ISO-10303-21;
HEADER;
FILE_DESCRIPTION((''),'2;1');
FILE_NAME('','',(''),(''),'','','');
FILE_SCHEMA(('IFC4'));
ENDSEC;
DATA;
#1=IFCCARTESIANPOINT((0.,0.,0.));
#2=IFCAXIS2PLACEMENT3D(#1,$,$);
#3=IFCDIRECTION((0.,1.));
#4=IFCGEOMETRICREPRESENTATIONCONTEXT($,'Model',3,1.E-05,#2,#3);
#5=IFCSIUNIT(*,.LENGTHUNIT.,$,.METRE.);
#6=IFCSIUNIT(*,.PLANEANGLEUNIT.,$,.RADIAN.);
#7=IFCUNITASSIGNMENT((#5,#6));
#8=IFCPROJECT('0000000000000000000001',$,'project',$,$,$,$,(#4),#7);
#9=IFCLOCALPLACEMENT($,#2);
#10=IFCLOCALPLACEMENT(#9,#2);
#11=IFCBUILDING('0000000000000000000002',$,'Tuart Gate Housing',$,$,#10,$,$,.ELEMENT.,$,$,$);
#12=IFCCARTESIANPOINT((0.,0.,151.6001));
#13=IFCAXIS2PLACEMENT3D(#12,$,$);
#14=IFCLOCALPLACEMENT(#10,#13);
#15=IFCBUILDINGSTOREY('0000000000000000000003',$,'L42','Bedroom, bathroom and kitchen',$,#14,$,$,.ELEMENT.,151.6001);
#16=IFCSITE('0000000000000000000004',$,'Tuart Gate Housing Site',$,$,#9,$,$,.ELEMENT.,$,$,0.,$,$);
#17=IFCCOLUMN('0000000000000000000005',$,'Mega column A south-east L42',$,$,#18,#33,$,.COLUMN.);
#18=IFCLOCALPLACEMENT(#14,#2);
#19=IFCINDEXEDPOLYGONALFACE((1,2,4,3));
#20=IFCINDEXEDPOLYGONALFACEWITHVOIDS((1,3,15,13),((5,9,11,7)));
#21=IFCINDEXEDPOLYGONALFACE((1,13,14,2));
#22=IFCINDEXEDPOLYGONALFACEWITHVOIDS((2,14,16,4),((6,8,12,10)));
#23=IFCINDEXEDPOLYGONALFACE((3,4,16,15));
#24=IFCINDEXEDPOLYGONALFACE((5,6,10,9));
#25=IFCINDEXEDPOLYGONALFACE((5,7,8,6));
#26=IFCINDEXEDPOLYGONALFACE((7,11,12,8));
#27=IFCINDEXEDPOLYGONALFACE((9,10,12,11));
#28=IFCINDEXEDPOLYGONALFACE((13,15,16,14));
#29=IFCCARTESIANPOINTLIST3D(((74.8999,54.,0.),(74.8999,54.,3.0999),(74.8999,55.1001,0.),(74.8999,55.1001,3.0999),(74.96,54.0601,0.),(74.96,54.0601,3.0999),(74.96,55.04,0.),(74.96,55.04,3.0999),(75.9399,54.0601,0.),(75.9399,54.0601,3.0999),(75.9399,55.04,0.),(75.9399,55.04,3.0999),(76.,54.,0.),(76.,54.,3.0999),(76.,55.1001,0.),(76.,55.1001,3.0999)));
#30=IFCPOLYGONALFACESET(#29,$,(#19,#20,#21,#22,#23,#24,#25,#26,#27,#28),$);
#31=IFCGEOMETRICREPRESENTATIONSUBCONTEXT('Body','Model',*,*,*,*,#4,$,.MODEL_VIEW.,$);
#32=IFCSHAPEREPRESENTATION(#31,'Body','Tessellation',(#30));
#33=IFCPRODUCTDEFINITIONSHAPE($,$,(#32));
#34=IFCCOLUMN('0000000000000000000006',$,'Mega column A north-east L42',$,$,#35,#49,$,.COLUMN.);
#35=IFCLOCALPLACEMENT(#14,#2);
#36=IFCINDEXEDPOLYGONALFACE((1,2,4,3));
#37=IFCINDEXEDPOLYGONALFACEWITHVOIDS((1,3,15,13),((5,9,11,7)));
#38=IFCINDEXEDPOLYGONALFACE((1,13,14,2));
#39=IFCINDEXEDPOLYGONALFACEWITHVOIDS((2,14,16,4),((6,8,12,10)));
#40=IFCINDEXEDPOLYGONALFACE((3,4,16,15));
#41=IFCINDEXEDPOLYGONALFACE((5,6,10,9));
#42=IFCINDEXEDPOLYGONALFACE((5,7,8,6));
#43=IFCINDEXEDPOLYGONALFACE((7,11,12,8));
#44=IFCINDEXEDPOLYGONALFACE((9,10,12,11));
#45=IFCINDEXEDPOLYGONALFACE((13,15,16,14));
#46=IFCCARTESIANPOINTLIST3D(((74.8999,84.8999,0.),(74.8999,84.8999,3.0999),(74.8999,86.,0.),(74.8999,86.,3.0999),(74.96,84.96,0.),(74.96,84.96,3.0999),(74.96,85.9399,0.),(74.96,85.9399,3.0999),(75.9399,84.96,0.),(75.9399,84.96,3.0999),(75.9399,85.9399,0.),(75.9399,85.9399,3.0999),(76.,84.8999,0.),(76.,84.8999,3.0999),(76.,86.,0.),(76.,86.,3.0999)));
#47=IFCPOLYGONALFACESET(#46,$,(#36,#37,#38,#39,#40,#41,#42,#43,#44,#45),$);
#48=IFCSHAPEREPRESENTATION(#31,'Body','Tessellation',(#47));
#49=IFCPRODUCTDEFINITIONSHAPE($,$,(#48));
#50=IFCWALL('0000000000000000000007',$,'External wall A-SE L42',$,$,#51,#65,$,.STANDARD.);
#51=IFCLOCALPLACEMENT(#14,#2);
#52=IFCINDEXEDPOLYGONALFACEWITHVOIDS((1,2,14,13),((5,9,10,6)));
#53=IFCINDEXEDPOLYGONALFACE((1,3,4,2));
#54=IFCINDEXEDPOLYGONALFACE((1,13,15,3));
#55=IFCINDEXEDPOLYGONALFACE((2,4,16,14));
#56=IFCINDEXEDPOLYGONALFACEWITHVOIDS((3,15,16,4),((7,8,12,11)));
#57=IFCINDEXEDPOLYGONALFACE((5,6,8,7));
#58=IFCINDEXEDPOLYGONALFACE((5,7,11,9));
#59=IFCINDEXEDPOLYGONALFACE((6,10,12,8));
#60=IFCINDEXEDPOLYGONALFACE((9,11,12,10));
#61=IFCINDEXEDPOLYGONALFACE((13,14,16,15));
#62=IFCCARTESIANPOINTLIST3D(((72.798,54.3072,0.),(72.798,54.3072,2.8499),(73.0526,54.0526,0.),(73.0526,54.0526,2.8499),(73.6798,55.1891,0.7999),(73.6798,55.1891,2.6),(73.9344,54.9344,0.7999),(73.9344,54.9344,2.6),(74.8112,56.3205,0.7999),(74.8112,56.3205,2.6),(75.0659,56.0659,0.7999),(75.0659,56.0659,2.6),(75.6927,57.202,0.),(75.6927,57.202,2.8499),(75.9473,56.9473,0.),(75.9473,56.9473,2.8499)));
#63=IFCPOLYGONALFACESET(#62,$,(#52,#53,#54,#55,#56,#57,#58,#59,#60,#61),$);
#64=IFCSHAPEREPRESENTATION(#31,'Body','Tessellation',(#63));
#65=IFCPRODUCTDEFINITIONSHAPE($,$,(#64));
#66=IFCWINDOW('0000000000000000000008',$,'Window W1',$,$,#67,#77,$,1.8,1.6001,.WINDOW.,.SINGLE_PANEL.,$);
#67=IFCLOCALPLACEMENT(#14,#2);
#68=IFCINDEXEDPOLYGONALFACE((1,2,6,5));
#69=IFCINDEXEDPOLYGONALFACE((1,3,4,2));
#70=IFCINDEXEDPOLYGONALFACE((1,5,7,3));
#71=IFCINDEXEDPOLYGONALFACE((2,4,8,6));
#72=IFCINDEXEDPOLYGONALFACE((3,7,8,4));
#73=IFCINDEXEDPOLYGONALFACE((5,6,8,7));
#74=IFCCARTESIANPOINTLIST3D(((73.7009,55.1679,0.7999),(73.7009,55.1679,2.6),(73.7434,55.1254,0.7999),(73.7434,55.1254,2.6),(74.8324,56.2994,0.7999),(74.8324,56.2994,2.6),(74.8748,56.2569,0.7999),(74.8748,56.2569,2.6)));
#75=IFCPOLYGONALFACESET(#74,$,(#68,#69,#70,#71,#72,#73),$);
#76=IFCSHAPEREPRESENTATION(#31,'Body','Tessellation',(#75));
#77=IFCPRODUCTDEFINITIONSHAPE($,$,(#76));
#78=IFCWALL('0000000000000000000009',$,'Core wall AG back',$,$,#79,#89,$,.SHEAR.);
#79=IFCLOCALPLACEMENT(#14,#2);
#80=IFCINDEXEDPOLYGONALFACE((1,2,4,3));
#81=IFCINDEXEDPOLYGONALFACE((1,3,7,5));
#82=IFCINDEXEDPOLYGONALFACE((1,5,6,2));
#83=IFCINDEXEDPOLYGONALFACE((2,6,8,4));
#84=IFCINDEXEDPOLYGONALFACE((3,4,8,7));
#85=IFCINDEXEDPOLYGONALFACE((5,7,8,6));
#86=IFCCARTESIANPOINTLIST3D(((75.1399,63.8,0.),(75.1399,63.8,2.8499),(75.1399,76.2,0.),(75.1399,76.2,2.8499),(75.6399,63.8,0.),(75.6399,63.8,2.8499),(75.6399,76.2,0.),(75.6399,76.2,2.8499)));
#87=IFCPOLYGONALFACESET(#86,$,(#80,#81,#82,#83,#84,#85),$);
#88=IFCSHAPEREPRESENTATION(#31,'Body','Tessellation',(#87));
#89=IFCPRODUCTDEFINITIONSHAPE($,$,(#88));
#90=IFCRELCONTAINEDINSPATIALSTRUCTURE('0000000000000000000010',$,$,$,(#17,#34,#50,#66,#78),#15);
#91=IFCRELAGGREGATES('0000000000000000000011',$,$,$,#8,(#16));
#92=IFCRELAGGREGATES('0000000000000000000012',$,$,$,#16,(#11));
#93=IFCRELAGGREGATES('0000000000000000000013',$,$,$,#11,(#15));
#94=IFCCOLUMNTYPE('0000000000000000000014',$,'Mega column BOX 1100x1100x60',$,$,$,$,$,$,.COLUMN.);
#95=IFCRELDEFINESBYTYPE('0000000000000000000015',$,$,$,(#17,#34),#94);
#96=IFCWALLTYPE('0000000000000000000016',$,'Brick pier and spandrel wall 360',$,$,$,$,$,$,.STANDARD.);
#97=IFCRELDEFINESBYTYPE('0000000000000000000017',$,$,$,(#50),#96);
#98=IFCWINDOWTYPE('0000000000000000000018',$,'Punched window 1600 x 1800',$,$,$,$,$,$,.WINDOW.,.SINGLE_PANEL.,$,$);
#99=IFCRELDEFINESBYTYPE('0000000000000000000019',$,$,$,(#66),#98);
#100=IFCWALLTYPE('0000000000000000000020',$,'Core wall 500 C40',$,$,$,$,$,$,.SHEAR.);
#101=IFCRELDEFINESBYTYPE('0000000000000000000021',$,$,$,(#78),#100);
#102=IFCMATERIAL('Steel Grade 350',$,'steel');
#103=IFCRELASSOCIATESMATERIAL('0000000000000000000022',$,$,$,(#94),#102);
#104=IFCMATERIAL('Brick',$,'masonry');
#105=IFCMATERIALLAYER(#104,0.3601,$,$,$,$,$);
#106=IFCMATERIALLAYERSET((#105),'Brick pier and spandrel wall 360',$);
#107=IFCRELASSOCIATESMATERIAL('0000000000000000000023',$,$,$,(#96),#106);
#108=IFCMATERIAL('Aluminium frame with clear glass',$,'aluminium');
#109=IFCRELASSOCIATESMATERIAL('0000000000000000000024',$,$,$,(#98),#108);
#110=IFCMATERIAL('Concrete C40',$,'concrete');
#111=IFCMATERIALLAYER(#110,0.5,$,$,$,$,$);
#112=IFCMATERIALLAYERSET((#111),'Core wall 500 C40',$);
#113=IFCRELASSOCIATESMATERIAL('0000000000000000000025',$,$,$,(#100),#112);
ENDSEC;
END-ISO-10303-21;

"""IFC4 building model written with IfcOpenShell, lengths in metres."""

from ifc_helpers import new_model, si_unit, direction, frame, frame_2d, origin, origin_2d, place, context, subcontext, project, spatial, rectangle, hollow_rectangle, extrude, material, layer, layer_set, material_profile, profile_set, type_object, element, fill, save


model = new_model("IFC4")

# Units and contexts
model_context = context("Model", 3, precision=1e-05, world=origin(), true_north=direction((0.0, 1.0)))
body_context = subcontext(model_context, "Body", "Model", "MODEL_VIEW")
ifc_project = project(units=[si_unit("LENGTHUNIT", "METRE"), si_unit("PLANEANGLEUNIT", "RADIAN")], contexts=[model_context])

# Site, building, storey
site_placement = place(None, origin())
site = spatial("IfcSite", under=ifc_project, at=site_placement, Name="Tuart Gate Housing Site", CompositionType="ELEMENT", RefElevation=0.0)
building_placement = place(site_placement, origin())
building = spatial("IfcBuilding", under=site, at=building_placement, Name="Tuart Gate Housing", CompositionType="ELEMENT")
storey_placement = place(building_placement, frame((0.0, 0.0, 151.6001)))
storey = spatial("IfcBuildingStorey", under=building, at=storey_placement, Name="L42", Description="Bedroom, bathroom and kitchen", CompositionType="ELEMENT", Elevation=151.6001)

# Columns
ifc_material_1 = material(Name="Steel Grade 350", Category="steel")
ifc_material_profile = material_profile(ifc_material_1, hollow_rectangle(XDim=1.1001, YDim=1.1001, WallThickness=0.0601, at=origin_2d()), Name="BOX 1100x1100x60")
ifc_profile_set = profile_set([ifc_material_profile], Name="Steel Grade 350")
column_type = type_object("IfcColumnType", Name="Mega column BOX 1100x1100x60", PredefinedType="COLUMN", material=ifc_profile_set)
for number, where, z_axis, x_axis, name in (
    (1, (75.45, 54.55, 0.0), (0.0, 0.0, 1.0), (1.0, 0.0, 0.0), "Mega column A south-east L42"),
    (2, (75.45, 85.45, 0.0), (0.0, 0.0, 1.0), (1.0, 0.0, 0.0), "Mega column A north-east L42"),
):
    element("IfcColumn", number, at=place(storey_placement, frame(where, z_axis=z_axis, x_axis=x_axis)), inside=storey, type_object=column_type, Name=name, PredefinedType="COLUMN", context=body_context, shape_type="SweptSolid", body=[
        extrude(hollow_rectangle(XDim=1.1001, YDim=1.1001, WallThickness=0.0601, at=origin_2d()), origin(), (0.0, 0.0, 1.0), 3.0999),
    ])

# Wall, opening, window
ifc_material_2 = material(Name="Brick", Category="masonry")
ifc_layer_1 = layer(ifc_material_2, 0.3601)
ifc_layer_set_1 = layer_set([ifc_layer_1], Name="Brick pier and spandrel wall 360")
wall_type_1 = type_object("IfcWallType", Name="Brick pier and spandrel wall 360", PredefinedType="STANDARD", material=ifc_layer_set_1)
wall_1_placement = place(storey_placement, frame((72.9253, 54.1799, 0.0), z_axis=(0.0, 0.0, 1.0), x_axis=(0.707107, 0.707107, 0.0)))
wall_1 = element("IfcWall", 3, at=wall_1_placement, inside=storey, type_object=wall_type_1, Name="External wall A-SE L42", PredefinedType="STANDARD", context=body_context, shape_type="SweptSolid", body=[
    extrude(rectangle(XDim=4.0938, YDim=0.3601, at=frame_2d((2.0469, 0.0))), origin(), (0.0, 0.0, 1.0), 2.8499),
])
opening_1_placement = place(wall_1_placement, frame((1.2471, 0.0, 0.8)))
opening_1 = element("IfcOpeningElement", 4, at=opening_1_placement, cuts=wall_1, PredefinedType="OPENING", context=body_context, shape_type="SweptSolid", body=[
    extrude(rectangle(XDim=1.6001, YDim=1.8, at=frame_2d((0.8, 0.8999))), frame((0.0, 0.1899, 0.0), z_axis=(0.0, -1.0, 0.0), x_axis=(1.0, 0.0, 0.0)), (0.0, 0.0, 1.0), 0.3801),
])
ifc_material_3 = material(Name="Aluminium frame with clear glass", Category="aluminium")
window_type_1 = type_object("IfcWindowType", Name="Punched window 1600 x 1800", PartitioningType="SINGLE_PANEL", PredefinedType="WINDOW", material=ifc_material_3)
window_1_placement = place(opening_1_placement, origin())
window_1 = element("IfcWindow", 5, at=window_1_placement, inside=storey, type_object=window_type_1, Name="Window W1", OverallHeight=1.8, OverallWidth=1.6001, PartitioningType="SINGLE_PANEL", PredefinedType="WINDOW", context=body_context, shape_type="SweptSolid", body=[
    extrude(rectangle(XDim=1.6001, YDim=1.8, at=frame_2d((0.8, 0.8999))), frame((0.0, 0.1501, 0.0), z_axis=(0.0, -1.0, 0.0), x_axis=(1.0, 0.0, 0.0)), (0.0, 0.0, 1.0), 0.0601),
])
fill(opening_1, window_1)

# Wall
ifc_material_4 = material(Name="Concrete C40", Category="concrete")
ifc_layer_2 = layer(ifc_material_4, 0.5)
ifc_layer_set_2 = layer_set([ifc_layer_2], Name="Core wall 500 C40")
wall_type_2 = type_object("IfcWallType", Name="Core wall 500 C40", PredefinedType="SHEAR", material=ifc_layer_set_2)
wall_2_placement = place(storey_placement, frame((75.3899, 63.8, 0.0), z_axis=(0.0, 0.0, 1.0), x_axis=(0.0, 1.0, 0.0)))
element("IfcWall", 6, at=wall_2_placement, inside=storey, type_object=wall_type_2, Name="Core wall AG back", PredefinedType="SHEAR", context=body_context, shape_type="SweptSolid", body=[
    extrude(rectangle(XDim=12.3999, YDim=0.5, at=frame_2d((6.2, 0.0))), origin(), (0.0, 0.0, 1.0), 2.8499),
])

save(model, "model.ifc")
